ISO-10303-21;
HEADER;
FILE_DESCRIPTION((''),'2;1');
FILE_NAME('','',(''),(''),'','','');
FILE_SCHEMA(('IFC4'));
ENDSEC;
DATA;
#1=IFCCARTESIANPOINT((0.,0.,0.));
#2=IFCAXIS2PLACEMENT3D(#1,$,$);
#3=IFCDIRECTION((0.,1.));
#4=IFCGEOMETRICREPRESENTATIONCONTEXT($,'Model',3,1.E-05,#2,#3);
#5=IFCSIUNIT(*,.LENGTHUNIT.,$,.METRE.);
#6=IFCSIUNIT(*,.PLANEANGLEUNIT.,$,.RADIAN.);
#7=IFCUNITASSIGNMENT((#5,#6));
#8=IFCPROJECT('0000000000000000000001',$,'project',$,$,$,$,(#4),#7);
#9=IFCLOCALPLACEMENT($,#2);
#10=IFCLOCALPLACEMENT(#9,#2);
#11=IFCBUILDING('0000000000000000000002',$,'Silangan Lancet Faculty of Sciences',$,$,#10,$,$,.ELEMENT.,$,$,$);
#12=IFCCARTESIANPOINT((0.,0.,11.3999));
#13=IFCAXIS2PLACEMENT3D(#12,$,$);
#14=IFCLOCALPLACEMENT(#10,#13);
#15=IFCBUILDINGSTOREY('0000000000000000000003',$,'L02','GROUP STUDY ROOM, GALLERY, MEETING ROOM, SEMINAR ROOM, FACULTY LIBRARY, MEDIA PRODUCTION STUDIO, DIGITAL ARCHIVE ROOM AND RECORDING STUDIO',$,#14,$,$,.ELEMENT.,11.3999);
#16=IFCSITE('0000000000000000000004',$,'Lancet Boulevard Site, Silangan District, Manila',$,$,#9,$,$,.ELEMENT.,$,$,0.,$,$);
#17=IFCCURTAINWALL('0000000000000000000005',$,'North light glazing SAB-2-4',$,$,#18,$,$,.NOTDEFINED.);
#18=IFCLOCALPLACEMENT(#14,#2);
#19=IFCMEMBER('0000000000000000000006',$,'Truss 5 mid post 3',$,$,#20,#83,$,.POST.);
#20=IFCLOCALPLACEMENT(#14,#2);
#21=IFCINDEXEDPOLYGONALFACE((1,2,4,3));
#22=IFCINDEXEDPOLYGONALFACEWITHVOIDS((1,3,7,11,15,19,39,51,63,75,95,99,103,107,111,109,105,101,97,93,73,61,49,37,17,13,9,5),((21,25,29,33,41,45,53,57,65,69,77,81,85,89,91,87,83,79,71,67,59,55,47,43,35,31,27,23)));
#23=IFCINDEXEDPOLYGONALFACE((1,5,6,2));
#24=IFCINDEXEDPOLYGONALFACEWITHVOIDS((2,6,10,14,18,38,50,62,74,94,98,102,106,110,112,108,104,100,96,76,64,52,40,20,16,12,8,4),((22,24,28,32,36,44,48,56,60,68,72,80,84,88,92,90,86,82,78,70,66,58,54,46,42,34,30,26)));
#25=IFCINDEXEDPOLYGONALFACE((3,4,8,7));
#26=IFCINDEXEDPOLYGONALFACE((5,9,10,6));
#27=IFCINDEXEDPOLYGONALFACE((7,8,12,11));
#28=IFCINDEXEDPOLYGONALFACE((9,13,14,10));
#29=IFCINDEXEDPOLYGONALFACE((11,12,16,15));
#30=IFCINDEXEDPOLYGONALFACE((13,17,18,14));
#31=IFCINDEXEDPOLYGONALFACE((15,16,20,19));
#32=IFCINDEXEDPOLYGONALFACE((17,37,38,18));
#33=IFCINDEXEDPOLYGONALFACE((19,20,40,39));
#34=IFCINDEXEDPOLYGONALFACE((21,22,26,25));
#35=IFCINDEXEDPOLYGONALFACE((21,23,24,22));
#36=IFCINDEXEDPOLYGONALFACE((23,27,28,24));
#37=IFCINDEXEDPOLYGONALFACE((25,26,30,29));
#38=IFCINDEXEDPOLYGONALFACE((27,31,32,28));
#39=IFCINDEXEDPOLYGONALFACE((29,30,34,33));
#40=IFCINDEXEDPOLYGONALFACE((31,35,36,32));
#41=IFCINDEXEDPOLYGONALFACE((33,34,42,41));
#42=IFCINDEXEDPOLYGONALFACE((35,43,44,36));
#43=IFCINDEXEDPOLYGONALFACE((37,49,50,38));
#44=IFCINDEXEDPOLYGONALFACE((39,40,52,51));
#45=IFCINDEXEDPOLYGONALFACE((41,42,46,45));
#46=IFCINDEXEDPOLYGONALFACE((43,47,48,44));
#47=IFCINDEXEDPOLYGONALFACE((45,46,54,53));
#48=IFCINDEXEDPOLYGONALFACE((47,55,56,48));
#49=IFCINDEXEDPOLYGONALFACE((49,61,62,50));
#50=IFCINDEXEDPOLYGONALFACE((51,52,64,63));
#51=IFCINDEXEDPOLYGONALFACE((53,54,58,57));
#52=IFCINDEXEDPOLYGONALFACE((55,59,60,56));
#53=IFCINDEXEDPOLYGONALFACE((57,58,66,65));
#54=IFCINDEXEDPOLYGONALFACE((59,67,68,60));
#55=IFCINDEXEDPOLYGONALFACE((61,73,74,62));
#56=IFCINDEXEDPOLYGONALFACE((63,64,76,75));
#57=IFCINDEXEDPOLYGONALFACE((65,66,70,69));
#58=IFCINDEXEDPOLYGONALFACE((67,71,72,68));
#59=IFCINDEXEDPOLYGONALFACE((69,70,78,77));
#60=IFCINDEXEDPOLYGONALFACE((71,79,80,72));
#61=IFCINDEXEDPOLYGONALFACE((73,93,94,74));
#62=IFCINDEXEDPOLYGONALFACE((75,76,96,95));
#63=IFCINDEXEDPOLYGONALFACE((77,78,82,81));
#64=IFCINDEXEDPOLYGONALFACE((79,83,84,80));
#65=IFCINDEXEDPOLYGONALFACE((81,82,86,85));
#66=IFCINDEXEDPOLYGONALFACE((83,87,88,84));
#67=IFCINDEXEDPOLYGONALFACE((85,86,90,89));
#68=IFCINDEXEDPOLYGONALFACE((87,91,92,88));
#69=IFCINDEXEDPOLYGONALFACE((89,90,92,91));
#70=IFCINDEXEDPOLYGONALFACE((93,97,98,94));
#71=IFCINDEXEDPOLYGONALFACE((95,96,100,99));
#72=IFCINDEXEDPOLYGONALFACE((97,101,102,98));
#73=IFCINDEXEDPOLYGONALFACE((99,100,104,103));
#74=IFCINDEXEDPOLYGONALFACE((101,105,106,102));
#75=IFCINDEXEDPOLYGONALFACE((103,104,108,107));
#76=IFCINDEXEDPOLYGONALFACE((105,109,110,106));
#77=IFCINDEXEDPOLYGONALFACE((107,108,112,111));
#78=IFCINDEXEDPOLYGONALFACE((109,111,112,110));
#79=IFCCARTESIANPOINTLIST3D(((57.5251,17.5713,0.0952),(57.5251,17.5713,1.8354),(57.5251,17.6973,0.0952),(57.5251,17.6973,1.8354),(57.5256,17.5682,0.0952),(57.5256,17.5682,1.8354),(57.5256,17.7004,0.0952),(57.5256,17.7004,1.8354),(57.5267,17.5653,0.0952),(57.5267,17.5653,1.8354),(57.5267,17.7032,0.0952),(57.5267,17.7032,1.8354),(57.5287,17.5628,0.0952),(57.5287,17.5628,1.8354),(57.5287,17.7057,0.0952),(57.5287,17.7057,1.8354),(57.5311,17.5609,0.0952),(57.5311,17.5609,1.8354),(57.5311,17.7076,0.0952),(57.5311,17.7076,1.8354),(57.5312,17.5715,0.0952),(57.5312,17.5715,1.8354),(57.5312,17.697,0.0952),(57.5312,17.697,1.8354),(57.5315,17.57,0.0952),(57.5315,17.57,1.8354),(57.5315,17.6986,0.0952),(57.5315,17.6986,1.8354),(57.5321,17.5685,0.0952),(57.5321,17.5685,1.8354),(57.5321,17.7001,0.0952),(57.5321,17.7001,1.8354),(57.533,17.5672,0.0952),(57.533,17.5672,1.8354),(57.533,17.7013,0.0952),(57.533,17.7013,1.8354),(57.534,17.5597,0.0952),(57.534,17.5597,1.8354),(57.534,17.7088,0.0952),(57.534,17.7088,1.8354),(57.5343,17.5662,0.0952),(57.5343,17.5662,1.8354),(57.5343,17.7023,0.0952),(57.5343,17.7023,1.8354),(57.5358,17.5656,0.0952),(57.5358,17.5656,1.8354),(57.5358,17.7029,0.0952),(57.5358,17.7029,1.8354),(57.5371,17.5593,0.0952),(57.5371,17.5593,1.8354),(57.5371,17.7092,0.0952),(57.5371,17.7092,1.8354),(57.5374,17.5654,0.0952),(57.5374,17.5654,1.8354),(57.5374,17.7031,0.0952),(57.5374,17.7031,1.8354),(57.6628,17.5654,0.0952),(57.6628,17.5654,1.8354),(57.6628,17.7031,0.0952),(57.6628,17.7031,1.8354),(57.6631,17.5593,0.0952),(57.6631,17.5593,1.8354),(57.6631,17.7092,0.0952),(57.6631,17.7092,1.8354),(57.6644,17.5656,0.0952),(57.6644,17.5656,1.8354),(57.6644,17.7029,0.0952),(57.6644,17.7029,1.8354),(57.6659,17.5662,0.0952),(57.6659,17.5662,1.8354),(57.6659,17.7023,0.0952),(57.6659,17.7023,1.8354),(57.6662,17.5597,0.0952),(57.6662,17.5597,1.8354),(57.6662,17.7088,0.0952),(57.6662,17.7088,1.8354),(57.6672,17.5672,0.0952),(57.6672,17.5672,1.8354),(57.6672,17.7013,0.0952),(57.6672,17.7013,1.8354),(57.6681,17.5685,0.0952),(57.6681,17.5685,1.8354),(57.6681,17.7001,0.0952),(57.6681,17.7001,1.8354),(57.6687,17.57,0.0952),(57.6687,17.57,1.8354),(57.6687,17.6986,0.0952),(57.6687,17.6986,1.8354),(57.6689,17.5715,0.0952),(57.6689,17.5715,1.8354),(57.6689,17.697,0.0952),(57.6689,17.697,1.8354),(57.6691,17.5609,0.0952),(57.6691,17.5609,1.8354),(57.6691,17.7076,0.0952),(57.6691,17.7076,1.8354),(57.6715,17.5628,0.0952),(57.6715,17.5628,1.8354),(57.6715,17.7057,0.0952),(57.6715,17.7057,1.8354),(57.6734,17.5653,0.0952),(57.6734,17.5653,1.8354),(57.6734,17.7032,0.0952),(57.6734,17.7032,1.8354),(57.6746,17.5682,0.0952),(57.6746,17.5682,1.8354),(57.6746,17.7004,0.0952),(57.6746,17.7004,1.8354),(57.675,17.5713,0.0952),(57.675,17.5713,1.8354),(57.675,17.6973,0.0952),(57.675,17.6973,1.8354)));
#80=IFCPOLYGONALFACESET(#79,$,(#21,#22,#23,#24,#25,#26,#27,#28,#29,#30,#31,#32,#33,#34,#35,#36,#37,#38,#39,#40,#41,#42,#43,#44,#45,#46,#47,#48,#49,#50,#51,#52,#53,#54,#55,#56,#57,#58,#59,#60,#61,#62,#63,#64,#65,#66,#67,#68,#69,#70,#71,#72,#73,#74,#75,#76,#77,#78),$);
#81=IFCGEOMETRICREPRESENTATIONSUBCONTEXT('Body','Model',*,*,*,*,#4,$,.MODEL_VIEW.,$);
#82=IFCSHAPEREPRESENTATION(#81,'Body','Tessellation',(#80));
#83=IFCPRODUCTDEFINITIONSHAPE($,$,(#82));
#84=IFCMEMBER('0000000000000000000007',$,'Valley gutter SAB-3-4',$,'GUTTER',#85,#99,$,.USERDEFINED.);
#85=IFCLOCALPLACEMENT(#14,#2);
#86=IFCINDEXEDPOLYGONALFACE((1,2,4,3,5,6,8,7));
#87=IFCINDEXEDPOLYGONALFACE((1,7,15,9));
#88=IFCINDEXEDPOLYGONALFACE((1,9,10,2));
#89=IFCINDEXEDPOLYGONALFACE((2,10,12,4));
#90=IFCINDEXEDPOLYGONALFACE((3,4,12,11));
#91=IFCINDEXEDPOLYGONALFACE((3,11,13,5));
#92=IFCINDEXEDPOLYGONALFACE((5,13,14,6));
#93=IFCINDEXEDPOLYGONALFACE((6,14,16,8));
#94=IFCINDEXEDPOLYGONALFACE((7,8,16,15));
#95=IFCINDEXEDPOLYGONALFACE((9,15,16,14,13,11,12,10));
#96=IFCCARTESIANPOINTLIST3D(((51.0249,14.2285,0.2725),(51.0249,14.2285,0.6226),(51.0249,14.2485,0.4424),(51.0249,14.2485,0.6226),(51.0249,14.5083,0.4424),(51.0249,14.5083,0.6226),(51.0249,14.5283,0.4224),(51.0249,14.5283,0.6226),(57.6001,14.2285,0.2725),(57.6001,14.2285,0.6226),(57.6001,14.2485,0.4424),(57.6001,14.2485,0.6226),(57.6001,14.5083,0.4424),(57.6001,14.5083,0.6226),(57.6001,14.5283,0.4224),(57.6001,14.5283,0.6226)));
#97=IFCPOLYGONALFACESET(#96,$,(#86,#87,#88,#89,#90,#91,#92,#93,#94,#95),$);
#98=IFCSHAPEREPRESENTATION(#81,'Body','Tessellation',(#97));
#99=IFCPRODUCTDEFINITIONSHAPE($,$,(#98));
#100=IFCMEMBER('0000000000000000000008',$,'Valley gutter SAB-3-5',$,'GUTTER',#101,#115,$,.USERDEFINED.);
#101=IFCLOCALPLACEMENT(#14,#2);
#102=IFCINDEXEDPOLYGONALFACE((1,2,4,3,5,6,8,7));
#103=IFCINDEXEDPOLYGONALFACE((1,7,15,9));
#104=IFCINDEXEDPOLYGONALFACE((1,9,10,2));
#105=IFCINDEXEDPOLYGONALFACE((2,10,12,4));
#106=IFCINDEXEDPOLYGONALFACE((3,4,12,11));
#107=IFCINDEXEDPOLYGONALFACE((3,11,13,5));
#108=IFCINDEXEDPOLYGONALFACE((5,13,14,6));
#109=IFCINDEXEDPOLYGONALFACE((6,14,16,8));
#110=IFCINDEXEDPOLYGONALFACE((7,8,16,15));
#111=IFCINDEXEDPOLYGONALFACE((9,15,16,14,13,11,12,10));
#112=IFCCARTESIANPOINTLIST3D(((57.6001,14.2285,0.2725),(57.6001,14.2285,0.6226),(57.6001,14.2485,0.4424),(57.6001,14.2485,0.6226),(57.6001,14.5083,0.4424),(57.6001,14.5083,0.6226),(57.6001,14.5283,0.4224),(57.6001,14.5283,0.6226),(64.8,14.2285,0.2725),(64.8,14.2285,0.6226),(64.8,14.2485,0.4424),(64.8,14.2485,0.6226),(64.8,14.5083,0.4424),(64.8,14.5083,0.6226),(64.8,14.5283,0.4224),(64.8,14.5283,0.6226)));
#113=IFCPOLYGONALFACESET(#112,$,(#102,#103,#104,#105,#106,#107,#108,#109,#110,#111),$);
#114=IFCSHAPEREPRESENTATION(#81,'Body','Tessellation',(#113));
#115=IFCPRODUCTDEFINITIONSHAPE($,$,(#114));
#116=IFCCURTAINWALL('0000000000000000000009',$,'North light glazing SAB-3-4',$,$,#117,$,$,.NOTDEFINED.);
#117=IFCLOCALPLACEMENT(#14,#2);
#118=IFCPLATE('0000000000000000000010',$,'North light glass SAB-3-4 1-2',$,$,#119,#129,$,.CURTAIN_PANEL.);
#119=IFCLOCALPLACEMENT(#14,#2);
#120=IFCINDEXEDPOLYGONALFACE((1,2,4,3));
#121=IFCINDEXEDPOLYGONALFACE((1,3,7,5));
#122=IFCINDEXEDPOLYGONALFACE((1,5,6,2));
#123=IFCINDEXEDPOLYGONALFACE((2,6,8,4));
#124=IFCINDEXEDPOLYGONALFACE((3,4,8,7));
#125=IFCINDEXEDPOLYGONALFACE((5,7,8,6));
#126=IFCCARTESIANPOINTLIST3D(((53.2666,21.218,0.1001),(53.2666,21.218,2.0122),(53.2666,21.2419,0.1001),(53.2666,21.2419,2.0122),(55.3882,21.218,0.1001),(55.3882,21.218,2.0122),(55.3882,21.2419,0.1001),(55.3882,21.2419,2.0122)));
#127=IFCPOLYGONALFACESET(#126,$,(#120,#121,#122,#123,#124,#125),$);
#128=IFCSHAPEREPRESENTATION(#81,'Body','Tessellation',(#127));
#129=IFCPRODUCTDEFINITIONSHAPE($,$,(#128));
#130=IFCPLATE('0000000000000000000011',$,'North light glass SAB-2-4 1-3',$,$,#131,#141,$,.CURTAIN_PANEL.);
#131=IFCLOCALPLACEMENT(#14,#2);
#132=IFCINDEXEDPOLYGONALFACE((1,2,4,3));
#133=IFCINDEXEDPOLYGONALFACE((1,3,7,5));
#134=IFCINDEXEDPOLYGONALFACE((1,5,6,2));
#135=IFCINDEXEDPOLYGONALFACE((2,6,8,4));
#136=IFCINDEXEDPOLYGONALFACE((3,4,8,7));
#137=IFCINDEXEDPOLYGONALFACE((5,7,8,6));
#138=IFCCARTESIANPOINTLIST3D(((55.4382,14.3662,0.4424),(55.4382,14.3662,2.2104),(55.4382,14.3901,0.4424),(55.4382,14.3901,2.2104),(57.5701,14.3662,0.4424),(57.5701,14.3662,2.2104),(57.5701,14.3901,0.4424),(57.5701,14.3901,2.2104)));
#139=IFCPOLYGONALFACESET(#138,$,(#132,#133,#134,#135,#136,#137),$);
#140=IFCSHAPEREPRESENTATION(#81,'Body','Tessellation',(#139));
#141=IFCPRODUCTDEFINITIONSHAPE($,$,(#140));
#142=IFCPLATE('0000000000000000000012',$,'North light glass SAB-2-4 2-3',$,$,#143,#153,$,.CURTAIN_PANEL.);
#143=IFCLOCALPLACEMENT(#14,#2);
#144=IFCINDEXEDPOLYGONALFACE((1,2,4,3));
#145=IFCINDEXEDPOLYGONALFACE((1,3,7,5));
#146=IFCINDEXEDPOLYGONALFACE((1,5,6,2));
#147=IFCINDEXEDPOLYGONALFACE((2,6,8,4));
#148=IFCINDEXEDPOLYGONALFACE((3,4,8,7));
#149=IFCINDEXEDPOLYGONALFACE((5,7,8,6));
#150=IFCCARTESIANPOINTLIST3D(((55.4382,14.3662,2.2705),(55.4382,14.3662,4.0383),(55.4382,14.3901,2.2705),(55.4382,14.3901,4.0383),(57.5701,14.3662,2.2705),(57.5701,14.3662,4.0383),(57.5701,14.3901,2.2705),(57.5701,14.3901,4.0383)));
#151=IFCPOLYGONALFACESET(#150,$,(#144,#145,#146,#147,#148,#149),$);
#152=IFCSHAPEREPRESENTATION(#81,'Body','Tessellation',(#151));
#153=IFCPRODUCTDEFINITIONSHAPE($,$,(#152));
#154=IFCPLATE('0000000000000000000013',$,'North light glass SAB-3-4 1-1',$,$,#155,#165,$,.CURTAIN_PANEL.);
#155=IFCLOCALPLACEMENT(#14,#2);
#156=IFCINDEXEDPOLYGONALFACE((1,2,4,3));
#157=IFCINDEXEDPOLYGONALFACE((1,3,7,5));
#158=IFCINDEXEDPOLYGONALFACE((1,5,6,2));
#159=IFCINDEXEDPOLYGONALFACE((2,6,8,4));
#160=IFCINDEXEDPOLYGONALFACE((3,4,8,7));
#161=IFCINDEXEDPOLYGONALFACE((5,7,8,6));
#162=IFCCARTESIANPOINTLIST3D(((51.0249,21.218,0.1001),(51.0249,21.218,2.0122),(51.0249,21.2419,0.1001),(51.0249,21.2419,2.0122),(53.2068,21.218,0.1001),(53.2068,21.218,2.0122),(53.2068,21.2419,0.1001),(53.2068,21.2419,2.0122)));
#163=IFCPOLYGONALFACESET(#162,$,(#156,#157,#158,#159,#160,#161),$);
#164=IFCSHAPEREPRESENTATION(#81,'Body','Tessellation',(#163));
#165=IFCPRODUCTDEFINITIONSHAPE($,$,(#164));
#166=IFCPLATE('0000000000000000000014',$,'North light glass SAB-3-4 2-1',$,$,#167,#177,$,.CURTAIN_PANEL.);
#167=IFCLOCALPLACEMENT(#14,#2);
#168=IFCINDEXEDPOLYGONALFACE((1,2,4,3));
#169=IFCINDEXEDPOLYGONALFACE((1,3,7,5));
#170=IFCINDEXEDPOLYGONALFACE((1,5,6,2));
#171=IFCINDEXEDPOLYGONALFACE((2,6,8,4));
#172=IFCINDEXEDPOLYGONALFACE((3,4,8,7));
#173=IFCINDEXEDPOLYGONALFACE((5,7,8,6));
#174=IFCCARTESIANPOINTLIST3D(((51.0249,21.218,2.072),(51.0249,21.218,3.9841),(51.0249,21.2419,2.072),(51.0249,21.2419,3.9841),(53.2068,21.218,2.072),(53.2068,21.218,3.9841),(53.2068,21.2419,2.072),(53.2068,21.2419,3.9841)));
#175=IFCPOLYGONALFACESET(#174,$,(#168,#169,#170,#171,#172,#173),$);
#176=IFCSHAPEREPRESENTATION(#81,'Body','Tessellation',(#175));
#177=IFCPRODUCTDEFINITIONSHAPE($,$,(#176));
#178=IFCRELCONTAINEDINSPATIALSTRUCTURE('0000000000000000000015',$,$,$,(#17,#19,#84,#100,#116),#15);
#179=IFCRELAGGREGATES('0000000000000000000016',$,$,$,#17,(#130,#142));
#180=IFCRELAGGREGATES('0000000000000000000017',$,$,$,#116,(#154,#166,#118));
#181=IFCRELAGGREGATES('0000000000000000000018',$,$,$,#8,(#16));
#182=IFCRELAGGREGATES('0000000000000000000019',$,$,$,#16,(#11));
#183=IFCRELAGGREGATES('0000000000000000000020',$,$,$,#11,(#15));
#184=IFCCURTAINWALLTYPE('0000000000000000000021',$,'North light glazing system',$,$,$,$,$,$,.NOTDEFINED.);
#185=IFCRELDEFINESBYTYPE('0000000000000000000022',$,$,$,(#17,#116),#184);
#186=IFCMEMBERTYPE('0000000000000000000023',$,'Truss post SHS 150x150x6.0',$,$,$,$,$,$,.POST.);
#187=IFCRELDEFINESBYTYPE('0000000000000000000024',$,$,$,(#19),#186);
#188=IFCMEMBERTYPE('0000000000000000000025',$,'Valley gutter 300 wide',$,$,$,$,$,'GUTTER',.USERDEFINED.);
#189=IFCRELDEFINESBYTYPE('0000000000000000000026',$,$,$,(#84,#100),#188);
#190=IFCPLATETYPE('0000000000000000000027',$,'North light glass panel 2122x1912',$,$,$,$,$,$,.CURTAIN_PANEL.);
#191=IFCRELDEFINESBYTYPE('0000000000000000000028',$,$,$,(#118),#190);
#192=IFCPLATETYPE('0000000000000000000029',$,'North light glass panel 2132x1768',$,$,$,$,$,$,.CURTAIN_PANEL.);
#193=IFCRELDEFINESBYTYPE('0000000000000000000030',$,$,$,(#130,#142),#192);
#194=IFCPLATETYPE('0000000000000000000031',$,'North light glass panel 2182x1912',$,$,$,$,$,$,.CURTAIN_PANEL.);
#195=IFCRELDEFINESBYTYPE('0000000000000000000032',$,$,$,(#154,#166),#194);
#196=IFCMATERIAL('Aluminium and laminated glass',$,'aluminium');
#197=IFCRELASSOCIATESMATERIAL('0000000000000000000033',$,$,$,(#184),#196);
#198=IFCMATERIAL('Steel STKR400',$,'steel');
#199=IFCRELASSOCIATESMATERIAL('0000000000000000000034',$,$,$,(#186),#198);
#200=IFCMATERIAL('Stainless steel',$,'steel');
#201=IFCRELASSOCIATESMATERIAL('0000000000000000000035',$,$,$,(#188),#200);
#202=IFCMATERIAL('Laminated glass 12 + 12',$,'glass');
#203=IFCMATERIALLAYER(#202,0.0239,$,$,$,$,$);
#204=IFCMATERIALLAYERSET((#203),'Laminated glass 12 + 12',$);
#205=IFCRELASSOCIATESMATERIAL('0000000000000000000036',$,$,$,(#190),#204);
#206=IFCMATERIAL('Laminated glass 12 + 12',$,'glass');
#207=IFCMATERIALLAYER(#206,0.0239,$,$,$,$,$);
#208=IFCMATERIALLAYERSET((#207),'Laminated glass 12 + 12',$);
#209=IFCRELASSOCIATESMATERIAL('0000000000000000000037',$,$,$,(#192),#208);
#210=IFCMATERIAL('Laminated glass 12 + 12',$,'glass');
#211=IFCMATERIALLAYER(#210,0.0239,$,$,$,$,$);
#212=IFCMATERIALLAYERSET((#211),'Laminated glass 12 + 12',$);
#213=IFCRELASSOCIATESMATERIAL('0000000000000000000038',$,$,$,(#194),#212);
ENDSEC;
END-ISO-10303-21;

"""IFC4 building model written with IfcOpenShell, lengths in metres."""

from ifc_helpers import new_model, si_unit, direction, frame, origin, origin_2d, place, context, subcontext, project, spatial, polyline, hollow_rectangle, outline, extrude, material, layer, layer_set, material_profile, profile_set, type_object, element, aggregate, save


model = new_model("IFC4")

# Units and contexts
model_context = context("Model", 3, precision=1e-05, world=origin(), true_north=direction((0.0, 1.0)))
body_context = subcontext(model_context, "Body", "Model", "MODEL_VIEW")
ifc_project = project(units=[si_unit("LENGTHUNIT", "METRE"), si_unit("PLANEANGLEUNIT", "RADIAN")], contexts=[model_context])

# Site, building, storey
site_placement = place(None, origin())
site = spatial("IfcSite", under=ifc_project, at=site_placement, Name="Lancet Boulevard Site, Silangan District, Manila", CompositionType="ELEMENT", RefElevation=0.0)
building_placement = place(site_placement, origin())
building = spatial("IfcBuilding", under=site, at=building_placement, Name="Silangan Lancet Faculty of Sciences", CompositionType="ELEMENT")
storey_placement = place(building_placement, frame((0.0, 0.0, 11.3999)))
storey = spatial("IfcBuildingStorey", under=building, at=storey_placement, Name="L02", Description="GROUP STUDY ROOM, GALLERY, MEETING ROOM, SEMINAR ROOM, FACULTY LIBRARY, MEDIA PRODUCTION STUDIO, DIGITAL ARCHIVE ROOM AND RECORDING STUDIO", CompositionType="ELEMENT", Elevation=11.3999)

# Curtain wall
ifc_material_1 = material(Name="Aluminium and laminated glass", Category="aluminium")
curtain_wall_type = type_object("IfcCurtainWallType", Name="North light glazing system", PredefinedType="NOTDEFINED", material=ifc_material_1)
curtain_wall_1_placement = place(storey_placement, origin())
curtain_wall_1 = element("IfcCurtainWall", 1, at=curtain_wall_1_placement, inside=storey, type_object=curtain_wall_type, Name="North light glazing SAB-2-4", PredefinedType="NOTDEFINED")

# Members
ifc_material_2 = material(Name="Steel STKR400", Category="steel")
ifc_material_profile_1 = material_profile(ifc_material_2, hollow_rectangle(XDim=0.1499, YDim=0.1499, WallThickness=0.0061, InnerFilletRadius=0.0061, OuterFilletRadius=0.012, at=origin_2d()), Name="SHS 150x150x6.0")
ifc_profile_set_1 = profile_set([ifc_material_profile_1], Name="Steel STKR400")
member_type_1 = type_object("IfcMemberType", Name="Truss post SHS 150x150x6.0", PredefinedType="POST", material=ifc_profile_set_1)
for number, where, z_axis, x_axis, name in (
    (2, (57.6001, 17.6343, 0.0952), (0.0, 0.0, 1.0), (1.0, 0.0, 0.0), "Truss 5 mid post 3"),
):
    element("IfcMember", number, at=place(storey_placement, frame(where, z_axis=z_axis, x_axis=x_axis)), inside=storey, type_object=member_type_1, Name=name, PredefinedType="POST", context=body_context, shape_type="SweptSolid", body=[
        extrude(hollow_rectangle(XDim=0.1499, YDim=0.1499, WallThickness=0.0061, InnerFilletRadius=0.0061, OuterFilletRadius=0.012, at=origin_2d()), origin(), (0.0, 0.0, 1.0), 1.7402),
    ])
ifc_material_3 = material(Name="Stainless steel", Category="steel")
ifc_material_profile_2 = material_profile(ifc_material_3, outline(polyline([(-0.1499, 0.0), (0.1499, 0.1499), (0.1499, 0.3501), (0.1299, 0.3501), (0.1299, 0.1699), (-0.1299, 0.1699), (-0.1299, 0.3501), (-0.1499, 0.3501), (-0.1499, 0.0)])), Name="valley gutter")
ifc_profile_set_2 = profile_set([ifc_material_profile_2], Name="Stainless steel")
member_type_2 = type_object("IfcMemberType", Name="Valley gutter 300 wide", ElementType="GUTTER", PredefinedType="USERDEFINED", material=ifc_profile_set_2)
member_1_placement = place(storey_placement, frame((51.0249, 14.3784, 0.2725), z_axis=(1.0, 0.0, 0.0), x_axis=(0.0, 1.0, 0.0)))
element("IfcMember", 3, at=member_1_placement, inside=storey, type_object=member_type_2, Name="Valley gutter SAB-3-4", ObjectType="GUTTER", PredefinedType="USERDEFINED", context=body_context, shape_type="SweptSolid", body=[
    extrude(outline(polyline([(-0.1499, 0.0), (0.1499, 0.1499), (0.1499, 0.3501), (0.1299, 0.3501), (0.1299, 0.1699), (-0.1299, 0.1699), (-0.1299, 0.3501), (-0.1499, 0.3501), (-0.1499, 0.0)])), origin(), (0.0, 0.0, 1.0), 6.5752),
])
member_2_placement = place(storey_placement, frame((57.6001, 14.3784, 0.2725), z_axis=(1.0, 0.0, 0.0), x_axis=(0.0, 1.0, 0.0)))
element("IfcMember", 4, at=member_2_placement, inside=storey, type_object=member_type_2, Name="Valley gutter SAB-3-5", ObjectType="GUTTER", PredefinedType="USERDEFINED", context=body_context, shape_type="SweptSolid", body=[
    extrude(outline(polyline([(-0.1499, 0.0), (0.1499, 0.1499), (0.1499, 0.3501), (0.1299, 0.3501), (0.1299, 0.1699), (-0.1299, 0.1699), (-0.1299, 0.3501), (-0.1499, 0.3501), (-0.1499, 0.0)])), origin(), (0.0, 0.0, 1.0), 7.2),
])

# Curtain wall, plate
curtain_wall_2_placement = place(storey_placement, origin())
curtain_wall_2 = element("IfcCurtainWall", 5, at=curtain_wall_2_placement, inside=storey, type_object=curtain_wall_type, Name="North light glazing SAB-3-4", PredefinedType="NOTDEFINED")
ifc_material_4 = material(Name="Laminated glass 12 + 12", Category="glass")
ifc_layer_1 = layer(ifc_material_4, 0.0239)
ifc_layer_set_1 = layer_set([ifc_layer_1], Name="Laminated glass 12 + 12")
plate_type_1 = type_object("IfcPlateType", Name="North light glass panel 2122x1912", PredefinedType="CURTAIN_PANEL", material=ifc_layer_set_1)
plate_1_placement = place(storey_placement, frame((53.2666, 21.218, 0.1001), z_axis=(0.0, -1.0, 0.0), x_axis=(1.0, 0.0, 0.0)))
plate_1 = element("IfcPlate", 6, at=plate_1_placement, type_object=plate_type_1, Name="North light glass SAB-3-4 1-2", PredefinedType="CURTAIN_PANEL", context=body_context, shape_type="SweptSolid", body=[
    extrude(outline(polyline([(0.0, 0.0), (2.1216, 0.0), (2.1216, 1.9121), (0.0, 1.9121), (0.0, 0.0)])), origin(), (0.0, 0.0, -1.0), 0.0239),
])

# Plates
ifc_material_5 = material(Name="Laminated glass 12 + 12", Category="glass")
ifc_layer_2 = layer(ifc_material_5, 0.0239)
ifc_layer_set_2 = layer_set([ifc_layer_2], Name="Laminated glass 12 + 12")
plate_type_2 = type_object("IfcPlateType", Name="North light glass panel 2132x1768", PredefinedType="CURTAIN_PANEL", material=ifc_layer_set_2)
plate_2_placement = place(storey_placement, frame((55.4382, 14.3662, 0.4424), z_axis=(0.0, -1.0, 0.0), x_axis=(1.0, 0.0, 0.0)))
plate_2 = element("IfcPlate", 7, at=plate_2_placement, type_object=plate_type_2, Name="North light glass SAB-2-4 1-3", PredefinedType="CURTAIN_PANEL", context=body_context, shape_type="SweptSolid", body=[
    extrude(outline(polyline([(0.0, 0.0), (2.1318, 0.0), (2.1318, 1.7681), (0.0, 1.7681), (0.0, 0.0)])), origin(), (0.0, 0.0, -1.0), 0.0239),
])
plate_3_placement = place(storey_placement, frame((55.4382, 14.3662, 2.2705), z_axis=(0.0, -1.0, 0.0), x_axis=(1.0, 0.0, 0.0)))
plate_3 = element("IfcPlate", 8, at=plate_3_placement, type_object=plate_type_2, Name="North light glass SAB-2-4 2-3", PredefinedType="CURTAIN_PANEL", context=body_context, shape_type="SweptSolid", body=[
    extrude(outline(polyline([(0.0, 0.0), (2.1318, 0.0), (2.1318, 1.7678), (0.0, 1.7678), (0.0, 0.0)])), origin(), (0.0, 0.0, -1.0), 0.0239),
])
aggregate(curtain_wall_1, [plate_2, plate_3])
ifc_material_6 = material(Name="Laminated glass 12 + 12", Category="glass")
ifc_layer_3 = layer(ifc_material_6, 0.0239)
ifc_layer_set_3 = layer_set([ifc_layer_3], Name="Laminated glass 12 + 12")
plate_type_3 = type_object("IfcPlateType", Name="North light glass panel 2182x1912", PredefinedType="CURTAIN_PANEL", material=ifc_layer_set_3)
plate_4_placement = place(storey_placement, frame((51.0249, 21.218, 0.1001), z_axis=(0.0, -1.0, 0.0), x_axis=(1.0, 0.0, 0.0)))
plate_4 = element("IfcPlate", 9, at=plate_4_placement, type_object=plate_type_3, Name="North light glass SAB-3-4 1-1", PredefinedType="CURTAIN_PANEL", context=body_context, shape_type="SweptSolid", body=[
    extrude(outline(polyline([(0.0, 0.0), (2.1819, 0.0), (2.1819, 1.9121), (0.0, 1.9121), (0.0, 0.0)])), origin(), (0.0, 0.0, -1.0), 0.0239),
])
plate_5_placement = place(storey_placement, frame((51.0249, 21.218, 2.072), z_axis=(0.0, -1.0, 0.0), x_axis=(1.0, 0.0, 0.0)))
plate_5 = element("IfcPlate", 10, at=plate_5_placement, type_object=plate_type_3, Name="North light glass SAB-3-4 2-1", PredefinedType="CURTAIN_PANEL", context=body_context, shape_type="SweptSolid", body=[
    extrude(outline(polyline([(0.0, 0.0), (2.1819, 0.0), (2.1819, 1.9121), (0.0, 1.9121), (0.0, 0.0)])), origin(), (0.0, 0.0, -1.0), 0.0239),
])
aggregate(curtain_wall_2, [plate_4, plate_5, plate_1])

save(model, "model.ifc")
